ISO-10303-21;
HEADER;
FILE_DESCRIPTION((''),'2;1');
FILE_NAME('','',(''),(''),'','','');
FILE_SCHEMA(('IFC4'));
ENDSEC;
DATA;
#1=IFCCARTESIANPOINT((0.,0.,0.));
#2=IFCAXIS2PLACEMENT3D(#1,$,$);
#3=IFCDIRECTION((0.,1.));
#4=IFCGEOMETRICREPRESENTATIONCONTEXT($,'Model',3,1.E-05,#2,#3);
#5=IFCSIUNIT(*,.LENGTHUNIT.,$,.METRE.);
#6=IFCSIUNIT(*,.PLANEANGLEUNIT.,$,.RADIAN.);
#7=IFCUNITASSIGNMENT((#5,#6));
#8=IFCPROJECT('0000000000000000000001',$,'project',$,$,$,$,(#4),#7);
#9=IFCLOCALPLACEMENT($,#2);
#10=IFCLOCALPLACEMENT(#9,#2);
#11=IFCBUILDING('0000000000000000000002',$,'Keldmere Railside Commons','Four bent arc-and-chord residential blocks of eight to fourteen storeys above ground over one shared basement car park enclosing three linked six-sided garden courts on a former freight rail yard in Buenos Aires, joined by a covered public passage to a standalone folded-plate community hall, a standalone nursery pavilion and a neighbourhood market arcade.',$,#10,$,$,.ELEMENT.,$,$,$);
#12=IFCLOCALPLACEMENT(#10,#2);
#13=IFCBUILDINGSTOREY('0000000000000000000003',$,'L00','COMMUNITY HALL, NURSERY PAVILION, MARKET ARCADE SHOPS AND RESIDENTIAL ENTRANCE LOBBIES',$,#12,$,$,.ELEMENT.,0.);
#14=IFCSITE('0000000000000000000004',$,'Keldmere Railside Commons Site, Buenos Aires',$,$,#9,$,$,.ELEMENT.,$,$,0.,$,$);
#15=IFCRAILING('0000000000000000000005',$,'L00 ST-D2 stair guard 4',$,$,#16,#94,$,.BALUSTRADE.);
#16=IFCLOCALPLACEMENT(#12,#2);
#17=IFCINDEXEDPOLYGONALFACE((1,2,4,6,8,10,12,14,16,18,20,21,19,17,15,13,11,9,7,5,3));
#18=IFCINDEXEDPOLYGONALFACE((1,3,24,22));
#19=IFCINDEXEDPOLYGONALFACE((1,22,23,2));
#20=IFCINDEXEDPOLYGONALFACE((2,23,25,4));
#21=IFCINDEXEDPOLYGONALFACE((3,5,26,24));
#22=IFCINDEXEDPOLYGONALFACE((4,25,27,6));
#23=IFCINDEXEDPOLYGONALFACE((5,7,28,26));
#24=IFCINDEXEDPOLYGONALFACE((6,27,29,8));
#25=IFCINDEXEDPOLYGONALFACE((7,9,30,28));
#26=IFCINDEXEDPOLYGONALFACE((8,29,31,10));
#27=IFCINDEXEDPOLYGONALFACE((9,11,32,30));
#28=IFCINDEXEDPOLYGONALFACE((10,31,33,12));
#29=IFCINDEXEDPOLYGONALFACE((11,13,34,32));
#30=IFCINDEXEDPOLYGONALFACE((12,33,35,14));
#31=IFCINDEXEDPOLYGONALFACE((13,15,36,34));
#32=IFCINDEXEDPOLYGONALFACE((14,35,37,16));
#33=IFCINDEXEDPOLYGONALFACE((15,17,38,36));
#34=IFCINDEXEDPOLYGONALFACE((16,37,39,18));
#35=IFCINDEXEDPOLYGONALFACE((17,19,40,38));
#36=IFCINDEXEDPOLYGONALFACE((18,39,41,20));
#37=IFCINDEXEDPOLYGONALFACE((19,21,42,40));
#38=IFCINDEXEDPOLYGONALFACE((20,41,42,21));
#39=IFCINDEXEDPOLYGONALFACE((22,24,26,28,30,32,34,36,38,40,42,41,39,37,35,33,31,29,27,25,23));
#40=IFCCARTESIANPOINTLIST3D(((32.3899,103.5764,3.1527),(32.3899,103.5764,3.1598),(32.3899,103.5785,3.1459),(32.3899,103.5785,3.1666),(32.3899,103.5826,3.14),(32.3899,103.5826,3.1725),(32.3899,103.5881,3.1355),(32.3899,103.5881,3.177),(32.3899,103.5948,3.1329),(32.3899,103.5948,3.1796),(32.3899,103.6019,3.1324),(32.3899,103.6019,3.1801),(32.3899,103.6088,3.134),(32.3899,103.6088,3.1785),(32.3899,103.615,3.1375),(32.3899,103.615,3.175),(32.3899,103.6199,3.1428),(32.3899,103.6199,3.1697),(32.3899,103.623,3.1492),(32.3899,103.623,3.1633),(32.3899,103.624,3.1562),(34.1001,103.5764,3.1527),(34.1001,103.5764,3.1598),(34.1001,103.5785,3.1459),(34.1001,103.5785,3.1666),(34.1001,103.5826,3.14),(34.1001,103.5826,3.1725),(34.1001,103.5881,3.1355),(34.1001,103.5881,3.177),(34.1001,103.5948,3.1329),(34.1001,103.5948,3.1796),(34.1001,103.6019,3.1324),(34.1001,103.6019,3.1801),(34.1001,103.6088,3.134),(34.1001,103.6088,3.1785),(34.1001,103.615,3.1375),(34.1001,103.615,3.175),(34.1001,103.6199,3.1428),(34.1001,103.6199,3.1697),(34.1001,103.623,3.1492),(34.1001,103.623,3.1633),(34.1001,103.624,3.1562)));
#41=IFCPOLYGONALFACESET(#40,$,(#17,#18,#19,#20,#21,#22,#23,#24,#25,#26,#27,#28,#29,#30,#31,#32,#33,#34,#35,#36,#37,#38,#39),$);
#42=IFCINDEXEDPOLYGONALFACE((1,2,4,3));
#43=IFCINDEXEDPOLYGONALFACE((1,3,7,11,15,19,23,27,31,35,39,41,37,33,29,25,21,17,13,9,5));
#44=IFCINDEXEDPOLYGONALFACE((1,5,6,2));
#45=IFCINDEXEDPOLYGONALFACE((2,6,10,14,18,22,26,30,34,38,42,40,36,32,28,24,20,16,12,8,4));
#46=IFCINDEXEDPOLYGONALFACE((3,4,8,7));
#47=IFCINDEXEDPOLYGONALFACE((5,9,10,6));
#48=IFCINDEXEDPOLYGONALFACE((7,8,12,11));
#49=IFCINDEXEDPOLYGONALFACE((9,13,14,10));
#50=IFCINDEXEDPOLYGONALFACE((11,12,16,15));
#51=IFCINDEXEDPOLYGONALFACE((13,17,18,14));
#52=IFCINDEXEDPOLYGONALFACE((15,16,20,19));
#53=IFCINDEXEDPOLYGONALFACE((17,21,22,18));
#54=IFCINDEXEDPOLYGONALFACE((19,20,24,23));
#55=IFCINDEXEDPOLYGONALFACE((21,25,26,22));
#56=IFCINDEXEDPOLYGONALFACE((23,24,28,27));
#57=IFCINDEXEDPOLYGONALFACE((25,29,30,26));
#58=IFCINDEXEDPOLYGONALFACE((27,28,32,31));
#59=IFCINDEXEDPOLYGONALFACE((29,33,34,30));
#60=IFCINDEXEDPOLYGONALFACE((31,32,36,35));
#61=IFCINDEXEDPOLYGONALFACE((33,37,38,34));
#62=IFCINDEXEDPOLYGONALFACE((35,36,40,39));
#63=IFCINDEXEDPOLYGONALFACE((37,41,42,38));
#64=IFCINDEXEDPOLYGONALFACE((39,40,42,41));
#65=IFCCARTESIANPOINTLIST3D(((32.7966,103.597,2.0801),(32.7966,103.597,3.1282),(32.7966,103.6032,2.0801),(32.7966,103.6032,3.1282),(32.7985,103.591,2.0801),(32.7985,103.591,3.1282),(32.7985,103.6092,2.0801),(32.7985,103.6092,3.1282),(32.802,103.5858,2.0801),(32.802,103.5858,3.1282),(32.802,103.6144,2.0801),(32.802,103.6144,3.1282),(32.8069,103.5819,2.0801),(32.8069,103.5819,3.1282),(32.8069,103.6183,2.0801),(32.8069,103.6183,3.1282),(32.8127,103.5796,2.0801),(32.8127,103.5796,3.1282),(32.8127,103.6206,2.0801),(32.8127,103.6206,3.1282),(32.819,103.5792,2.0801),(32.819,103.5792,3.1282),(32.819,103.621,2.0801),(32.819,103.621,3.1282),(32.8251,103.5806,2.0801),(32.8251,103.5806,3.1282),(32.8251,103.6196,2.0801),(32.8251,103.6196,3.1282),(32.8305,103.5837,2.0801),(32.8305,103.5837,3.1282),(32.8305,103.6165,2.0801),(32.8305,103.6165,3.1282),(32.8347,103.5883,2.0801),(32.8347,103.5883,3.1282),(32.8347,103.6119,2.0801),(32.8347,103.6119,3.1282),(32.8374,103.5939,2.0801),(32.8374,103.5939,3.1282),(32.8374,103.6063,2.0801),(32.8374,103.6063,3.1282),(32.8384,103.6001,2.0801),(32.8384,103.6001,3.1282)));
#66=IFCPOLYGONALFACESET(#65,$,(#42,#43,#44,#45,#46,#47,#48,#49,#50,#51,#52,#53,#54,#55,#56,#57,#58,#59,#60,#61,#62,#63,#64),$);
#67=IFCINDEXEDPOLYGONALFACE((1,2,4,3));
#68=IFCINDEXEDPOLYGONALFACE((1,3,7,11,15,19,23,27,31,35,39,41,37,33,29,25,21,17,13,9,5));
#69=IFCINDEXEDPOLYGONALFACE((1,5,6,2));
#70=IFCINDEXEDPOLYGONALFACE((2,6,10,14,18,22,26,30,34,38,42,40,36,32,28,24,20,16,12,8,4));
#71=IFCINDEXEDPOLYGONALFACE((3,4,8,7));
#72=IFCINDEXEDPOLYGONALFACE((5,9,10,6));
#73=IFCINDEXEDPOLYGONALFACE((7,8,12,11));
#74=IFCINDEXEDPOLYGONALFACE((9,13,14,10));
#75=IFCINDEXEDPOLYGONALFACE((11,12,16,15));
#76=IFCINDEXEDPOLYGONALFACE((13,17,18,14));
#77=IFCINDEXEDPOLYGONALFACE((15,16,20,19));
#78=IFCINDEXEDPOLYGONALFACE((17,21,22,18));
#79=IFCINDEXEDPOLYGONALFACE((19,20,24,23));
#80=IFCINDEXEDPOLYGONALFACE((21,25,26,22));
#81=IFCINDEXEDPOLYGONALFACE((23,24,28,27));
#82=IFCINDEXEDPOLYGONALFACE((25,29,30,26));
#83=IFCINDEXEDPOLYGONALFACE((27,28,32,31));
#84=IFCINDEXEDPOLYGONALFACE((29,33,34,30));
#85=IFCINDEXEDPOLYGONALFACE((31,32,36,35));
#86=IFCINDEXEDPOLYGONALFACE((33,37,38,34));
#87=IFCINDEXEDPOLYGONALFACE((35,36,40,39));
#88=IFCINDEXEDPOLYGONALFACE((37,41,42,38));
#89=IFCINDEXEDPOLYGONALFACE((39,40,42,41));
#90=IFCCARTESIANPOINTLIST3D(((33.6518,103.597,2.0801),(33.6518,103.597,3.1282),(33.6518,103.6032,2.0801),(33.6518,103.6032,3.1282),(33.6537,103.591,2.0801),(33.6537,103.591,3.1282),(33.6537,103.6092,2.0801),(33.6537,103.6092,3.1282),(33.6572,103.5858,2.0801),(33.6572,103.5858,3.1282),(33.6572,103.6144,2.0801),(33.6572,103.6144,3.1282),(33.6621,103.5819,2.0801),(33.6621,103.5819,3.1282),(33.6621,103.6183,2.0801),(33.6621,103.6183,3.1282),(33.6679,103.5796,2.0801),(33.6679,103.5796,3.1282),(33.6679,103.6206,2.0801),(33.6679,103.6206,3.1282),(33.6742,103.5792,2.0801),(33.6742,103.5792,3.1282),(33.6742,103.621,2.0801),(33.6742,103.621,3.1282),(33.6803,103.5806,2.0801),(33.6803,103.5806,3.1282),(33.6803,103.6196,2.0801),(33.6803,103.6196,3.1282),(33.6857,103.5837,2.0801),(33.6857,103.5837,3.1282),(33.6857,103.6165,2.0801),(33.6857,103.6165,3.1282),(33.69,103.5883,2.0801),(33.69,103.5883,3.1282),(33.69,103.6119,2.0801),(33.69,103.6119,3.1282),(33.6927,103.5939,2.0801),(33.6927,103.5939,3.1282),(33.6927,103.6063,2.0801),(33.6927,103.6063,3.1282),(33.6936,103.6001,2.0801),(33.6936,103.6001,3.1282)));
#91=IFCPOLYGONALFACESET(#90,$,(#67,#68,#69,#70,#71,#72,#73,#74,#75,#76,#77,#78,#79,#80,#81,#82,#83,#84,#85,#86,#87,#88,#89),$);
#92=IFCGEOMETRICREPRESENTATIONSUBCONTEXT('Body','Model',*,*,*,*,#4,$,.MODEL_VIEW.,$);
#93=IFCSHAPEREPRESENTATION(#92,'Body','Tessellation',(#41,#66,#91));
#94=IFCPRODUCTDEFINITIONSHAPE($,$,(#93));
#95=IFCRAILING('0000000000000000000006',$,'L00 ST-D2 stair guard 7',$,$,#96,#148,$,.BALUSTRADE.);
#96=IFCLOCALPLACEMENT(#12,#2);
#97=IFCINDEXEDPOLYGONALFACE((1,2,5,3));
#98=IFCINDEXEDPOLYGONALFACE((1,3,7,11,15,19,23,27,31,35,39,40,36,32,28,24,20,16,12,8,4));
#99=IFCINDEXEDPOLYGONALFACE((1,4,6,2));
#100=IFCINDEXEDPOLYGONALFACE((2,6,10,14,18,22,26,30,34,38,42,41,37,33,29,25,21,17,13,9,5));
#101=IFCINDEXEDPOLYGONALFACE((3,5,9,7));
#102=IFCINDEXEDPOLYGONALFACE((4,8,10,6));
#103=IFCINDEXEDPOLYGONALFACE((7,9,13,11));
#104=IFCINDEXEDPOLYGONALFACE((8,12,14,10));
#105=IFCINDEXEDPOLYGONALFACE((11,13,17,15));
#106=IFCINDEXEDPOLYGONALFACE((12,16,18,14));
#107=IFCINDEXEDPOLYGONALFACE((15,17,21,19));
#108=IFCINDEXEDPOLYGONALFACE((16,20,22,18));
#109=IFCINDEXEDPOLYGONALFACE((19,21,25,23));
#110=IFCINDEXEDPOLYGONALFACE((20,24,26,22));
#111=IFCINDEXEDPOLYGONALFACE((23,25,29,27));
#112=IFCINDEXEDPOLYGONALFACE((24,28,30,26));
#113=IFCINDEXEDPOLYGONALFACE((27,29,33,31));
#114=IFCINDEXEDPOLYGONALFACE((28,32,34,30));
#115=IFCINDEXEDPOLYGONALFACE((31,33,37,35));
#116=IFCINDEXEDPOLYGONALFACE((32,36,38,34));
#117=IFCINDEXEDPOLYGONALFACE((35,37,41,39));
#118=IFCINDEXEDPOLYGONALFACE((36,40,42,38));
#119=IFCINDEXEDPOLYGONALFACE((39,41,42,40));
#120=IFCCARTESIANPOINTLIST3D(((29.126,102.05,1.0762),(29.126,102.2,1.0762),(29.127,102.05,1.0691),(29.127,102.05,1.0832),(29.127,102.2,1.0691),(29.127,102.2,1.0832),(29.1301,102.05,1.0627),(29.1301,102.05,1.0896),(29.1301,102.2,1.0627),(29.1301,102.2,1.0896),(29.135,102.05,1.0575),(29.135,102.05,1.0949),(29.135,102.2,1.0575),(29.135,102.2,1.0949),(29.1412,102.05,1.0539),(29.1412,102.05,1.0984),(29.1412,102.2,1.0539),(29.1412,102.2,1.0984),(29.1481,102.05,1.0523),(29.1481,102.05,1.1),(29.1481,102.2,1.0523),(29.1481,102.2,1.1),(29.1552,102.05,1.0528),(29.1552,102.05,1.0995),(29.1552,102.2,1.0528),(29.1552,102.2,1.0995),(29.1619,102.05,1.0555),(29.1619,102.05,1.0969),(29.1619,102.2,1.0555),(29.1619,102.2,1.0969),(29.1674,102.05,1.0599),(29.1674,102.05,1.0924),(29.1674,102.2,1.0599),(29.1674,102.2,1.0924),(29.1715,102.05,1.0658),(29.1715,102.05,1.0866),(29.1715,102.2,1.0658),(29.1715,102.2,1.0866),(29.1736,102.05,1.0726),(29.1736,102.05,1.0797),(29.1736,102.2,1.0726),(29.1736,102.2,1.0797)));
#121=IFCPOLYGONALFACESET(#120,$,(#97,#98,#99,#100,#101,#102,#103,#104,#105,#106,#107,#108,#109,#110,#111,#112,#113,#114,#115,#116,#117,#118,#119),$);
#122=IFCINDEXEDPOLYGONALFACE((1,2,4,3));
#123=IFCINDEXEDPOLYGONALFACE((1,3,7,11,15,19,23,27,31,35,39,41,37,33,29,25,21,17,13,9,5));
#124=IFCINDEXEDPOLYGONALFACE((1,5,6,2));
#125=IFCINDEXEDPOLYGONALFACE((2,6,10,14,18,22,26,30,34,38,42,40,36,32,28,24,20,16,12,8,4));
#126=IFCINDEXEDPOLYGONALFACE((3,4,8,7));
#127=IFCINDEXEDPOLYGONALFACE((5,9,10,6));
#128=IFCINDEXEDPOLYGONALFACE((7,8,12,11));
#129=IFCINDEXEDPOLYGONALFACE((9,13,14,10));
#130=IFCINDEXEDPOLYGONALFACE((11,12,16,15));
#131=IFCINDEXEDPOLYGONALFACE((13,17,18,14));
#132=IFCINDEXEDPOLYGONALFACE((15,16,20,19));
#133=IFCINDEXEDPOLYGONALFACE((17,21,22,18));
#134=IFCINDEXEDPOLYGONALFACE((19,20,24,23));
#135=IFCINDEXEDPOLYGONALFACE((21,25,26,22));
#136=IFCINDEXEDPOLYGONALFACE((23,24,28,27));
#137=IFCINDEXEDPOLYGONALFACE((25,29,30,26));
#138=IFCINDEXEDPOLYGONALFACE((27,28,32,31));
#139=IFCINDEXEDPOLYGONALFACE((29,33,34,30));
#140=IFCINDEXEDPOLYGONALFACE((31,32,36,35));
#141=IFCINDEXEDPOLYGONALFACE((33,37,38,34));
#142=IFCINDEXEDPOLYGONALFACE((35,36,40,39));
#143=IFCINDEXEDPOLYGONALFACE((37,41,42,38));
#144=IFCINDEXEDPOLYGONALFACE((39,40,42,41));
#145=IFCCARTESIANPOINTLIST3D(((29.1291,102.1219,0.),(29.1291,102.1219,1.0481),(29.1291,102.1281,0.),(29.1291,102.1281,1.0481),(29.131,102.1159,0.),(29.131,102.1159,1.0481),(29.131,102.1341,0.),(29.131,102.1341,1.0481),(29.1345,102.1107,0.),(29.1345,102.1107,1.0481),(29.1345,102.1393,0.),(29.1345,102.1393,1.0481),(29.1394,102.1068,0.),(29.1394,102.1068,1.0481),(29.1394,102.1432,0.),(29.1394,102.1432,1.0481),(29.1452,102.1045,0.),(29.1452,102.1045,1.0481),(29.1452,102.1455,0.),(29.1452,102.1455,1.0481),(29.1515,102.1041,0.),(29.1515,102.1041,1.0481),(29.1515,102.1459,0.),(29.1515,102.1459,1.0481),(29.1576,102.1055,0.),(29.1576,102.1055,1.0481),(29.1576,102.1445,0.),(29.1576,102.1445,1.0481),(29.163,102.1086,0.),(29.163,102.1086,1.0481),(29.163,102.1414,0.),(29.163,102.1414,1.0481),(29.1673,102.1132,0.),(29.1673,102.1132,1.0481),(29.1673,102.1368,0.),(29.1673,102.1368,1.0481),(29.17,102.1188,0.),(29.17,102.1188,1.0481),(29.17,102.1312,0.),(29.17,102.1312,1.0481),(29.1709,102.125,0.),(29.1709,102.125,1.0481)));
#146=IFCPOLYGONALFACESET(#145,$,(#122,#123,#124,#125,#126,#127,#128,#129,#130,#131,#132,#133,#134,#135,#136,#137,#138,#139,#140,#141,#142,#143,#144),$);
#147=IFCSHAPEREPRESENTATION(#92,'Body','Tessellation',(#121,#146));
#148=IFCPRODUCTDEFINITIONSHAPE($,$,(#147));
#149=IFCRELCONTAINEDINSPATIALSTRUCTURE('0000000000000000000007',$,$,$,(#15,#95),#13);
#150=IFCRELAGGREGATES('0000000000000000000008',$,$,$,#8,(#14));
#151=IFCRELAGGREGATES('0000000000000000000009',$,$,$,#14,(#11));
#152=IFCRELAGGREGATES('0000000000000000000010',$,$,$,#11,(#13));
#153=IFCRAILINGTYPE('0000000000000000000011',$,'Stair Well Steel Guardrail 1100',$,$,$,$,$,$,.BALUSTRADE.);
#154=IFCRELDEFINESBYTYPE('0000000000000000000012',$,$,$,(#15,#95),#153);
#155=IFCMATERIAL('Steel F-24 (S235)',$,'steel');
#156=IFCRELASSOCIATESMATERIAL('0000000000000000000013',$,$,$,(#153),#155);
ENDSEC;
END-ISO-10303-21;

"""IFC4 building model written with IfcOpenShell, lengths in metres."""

from ifc_helpers import new_model, si_unit, direction, frame, origin, origin_2d, place, context, subcontext, project, spatial, circle, extrude, material, type_object, element, save


model = new_model("IFC4")

# Units and contexts
model_context = context("Model", 3, precision=1e-05, world=origin(), true_north=direction((0.0, 1.0)))
body_context = subcontext(model_context, "Body", "Model", "MODEL_VIEW")
ifc_project = project(units=[si_unit("LENGTHUNIT", "METRE"), si_unit("PLANEANGLEUNIT", "RADIAN")], contexts=[model_context])

# Site, building, storey
site_placement = place(None, origin())
site = spatial("IfcSite", under=ifc_project, at=site_placement, Name="Keldmere Railside Commons Site, Buenos Aires", CompositionType="ELEMENT", RefElevation=0.0)
building_placement = place(site_placement, origin())
building = spatial("IfcBuilding", under=site, at=building_placement, Name="Keldmere Railside Commons", Description="Four bent arc-and-chord residential blocks of eight to fourteen storeys above ground over one shared basement car park enclosing three linked six-sided garden courts on a former freight rail yard in Buenos Aires, joined by a covered public passage to a standalone folded-plate community hall, a standalone nursery pavilion and a neighbourhood market arcade.", CompositionType="ELEMENT")
storey_placement = place(building_placement, origin())
storey = spatial("IfcBuildingStorey", under=building, at=storey_placement, Name="L00", Description="COMMUNITY HALL, NURSERY PAVILION, MARKET ARCADE SHOPS AND RESIDENTIAL ENTRANCE LOBBIES", CompositionType="ELEMENT", Elevation=0.0)

# Shared definitions
ifc_material_1 = material(Name="Steel F-24 (S235)", Category="steel")

# Railings
railing_type_1 = type_object("IfcRailingType", Name="Stair Well Steel Guardrail 1100", PredefinedType="BALUSTRADE", material=ifc_material_1)
for number, where, name in (
    (1, (32.3899, 103.6001, 2.0801), "L00 ST-D2 stair guard 4"),
):
    element("IfcRailing", number, at=place(storey_placement, frame(where)), inside=storey, type_object=railing_type_1, Name=name, PredefinedType="BALUSTRADE", context=body_context, shape_type="SweptSolid", body=[
        extrude(circle(Radius=0.0239, at=origin_2d()), frame((0.0, 0.0, 1.0762), z_axis=(1.0, 0.0, 0.0), x_axis=(0.0, 1.0, 0.0)), (0.0, 0.0, 1.0), 1.7102),
        extrude(circle(Radius=0.021, at=origin_2d()), frame((0.4275, 0.0, 0.0)), (0.0, 0.0, 1.0), 1.0481),
        extrude(circle(Radius=0.021, at=origin_2d()), frame((1.2827, 0.0, 0.0)), (0.0, 0.0, 1.0), 1.0481),
    ])
railing_1_placement = place(storey_placement, frame((29.1499, 102.05, 0.0)))
element("IfcRailing", 2, at=railing_1_placement, inside=storey, type_object=railing_type_1, Name="L00 ST-D2 stair guard 7", PredefinedType="BALUSTRADE", context=body_context, shape_type="SweptSolid", body=[
    extrude(circle(Radius=0.0239, at=origin_2d()), frame((0.0, 0.0, 1.0762), z_axis=(0.0, 1.0, 0.0), x_axis=(-1.0, 0.0, 0.0)), (0.0, 0.0, 1.0), 0.1499),
    extrude(circle(Radius=0.021, at=origin_2d()), frame((0.0, 0.075, 0.0)), (0.0, 0.0, 1.0), 1.0481),
])

save(model, "model.ifc")
